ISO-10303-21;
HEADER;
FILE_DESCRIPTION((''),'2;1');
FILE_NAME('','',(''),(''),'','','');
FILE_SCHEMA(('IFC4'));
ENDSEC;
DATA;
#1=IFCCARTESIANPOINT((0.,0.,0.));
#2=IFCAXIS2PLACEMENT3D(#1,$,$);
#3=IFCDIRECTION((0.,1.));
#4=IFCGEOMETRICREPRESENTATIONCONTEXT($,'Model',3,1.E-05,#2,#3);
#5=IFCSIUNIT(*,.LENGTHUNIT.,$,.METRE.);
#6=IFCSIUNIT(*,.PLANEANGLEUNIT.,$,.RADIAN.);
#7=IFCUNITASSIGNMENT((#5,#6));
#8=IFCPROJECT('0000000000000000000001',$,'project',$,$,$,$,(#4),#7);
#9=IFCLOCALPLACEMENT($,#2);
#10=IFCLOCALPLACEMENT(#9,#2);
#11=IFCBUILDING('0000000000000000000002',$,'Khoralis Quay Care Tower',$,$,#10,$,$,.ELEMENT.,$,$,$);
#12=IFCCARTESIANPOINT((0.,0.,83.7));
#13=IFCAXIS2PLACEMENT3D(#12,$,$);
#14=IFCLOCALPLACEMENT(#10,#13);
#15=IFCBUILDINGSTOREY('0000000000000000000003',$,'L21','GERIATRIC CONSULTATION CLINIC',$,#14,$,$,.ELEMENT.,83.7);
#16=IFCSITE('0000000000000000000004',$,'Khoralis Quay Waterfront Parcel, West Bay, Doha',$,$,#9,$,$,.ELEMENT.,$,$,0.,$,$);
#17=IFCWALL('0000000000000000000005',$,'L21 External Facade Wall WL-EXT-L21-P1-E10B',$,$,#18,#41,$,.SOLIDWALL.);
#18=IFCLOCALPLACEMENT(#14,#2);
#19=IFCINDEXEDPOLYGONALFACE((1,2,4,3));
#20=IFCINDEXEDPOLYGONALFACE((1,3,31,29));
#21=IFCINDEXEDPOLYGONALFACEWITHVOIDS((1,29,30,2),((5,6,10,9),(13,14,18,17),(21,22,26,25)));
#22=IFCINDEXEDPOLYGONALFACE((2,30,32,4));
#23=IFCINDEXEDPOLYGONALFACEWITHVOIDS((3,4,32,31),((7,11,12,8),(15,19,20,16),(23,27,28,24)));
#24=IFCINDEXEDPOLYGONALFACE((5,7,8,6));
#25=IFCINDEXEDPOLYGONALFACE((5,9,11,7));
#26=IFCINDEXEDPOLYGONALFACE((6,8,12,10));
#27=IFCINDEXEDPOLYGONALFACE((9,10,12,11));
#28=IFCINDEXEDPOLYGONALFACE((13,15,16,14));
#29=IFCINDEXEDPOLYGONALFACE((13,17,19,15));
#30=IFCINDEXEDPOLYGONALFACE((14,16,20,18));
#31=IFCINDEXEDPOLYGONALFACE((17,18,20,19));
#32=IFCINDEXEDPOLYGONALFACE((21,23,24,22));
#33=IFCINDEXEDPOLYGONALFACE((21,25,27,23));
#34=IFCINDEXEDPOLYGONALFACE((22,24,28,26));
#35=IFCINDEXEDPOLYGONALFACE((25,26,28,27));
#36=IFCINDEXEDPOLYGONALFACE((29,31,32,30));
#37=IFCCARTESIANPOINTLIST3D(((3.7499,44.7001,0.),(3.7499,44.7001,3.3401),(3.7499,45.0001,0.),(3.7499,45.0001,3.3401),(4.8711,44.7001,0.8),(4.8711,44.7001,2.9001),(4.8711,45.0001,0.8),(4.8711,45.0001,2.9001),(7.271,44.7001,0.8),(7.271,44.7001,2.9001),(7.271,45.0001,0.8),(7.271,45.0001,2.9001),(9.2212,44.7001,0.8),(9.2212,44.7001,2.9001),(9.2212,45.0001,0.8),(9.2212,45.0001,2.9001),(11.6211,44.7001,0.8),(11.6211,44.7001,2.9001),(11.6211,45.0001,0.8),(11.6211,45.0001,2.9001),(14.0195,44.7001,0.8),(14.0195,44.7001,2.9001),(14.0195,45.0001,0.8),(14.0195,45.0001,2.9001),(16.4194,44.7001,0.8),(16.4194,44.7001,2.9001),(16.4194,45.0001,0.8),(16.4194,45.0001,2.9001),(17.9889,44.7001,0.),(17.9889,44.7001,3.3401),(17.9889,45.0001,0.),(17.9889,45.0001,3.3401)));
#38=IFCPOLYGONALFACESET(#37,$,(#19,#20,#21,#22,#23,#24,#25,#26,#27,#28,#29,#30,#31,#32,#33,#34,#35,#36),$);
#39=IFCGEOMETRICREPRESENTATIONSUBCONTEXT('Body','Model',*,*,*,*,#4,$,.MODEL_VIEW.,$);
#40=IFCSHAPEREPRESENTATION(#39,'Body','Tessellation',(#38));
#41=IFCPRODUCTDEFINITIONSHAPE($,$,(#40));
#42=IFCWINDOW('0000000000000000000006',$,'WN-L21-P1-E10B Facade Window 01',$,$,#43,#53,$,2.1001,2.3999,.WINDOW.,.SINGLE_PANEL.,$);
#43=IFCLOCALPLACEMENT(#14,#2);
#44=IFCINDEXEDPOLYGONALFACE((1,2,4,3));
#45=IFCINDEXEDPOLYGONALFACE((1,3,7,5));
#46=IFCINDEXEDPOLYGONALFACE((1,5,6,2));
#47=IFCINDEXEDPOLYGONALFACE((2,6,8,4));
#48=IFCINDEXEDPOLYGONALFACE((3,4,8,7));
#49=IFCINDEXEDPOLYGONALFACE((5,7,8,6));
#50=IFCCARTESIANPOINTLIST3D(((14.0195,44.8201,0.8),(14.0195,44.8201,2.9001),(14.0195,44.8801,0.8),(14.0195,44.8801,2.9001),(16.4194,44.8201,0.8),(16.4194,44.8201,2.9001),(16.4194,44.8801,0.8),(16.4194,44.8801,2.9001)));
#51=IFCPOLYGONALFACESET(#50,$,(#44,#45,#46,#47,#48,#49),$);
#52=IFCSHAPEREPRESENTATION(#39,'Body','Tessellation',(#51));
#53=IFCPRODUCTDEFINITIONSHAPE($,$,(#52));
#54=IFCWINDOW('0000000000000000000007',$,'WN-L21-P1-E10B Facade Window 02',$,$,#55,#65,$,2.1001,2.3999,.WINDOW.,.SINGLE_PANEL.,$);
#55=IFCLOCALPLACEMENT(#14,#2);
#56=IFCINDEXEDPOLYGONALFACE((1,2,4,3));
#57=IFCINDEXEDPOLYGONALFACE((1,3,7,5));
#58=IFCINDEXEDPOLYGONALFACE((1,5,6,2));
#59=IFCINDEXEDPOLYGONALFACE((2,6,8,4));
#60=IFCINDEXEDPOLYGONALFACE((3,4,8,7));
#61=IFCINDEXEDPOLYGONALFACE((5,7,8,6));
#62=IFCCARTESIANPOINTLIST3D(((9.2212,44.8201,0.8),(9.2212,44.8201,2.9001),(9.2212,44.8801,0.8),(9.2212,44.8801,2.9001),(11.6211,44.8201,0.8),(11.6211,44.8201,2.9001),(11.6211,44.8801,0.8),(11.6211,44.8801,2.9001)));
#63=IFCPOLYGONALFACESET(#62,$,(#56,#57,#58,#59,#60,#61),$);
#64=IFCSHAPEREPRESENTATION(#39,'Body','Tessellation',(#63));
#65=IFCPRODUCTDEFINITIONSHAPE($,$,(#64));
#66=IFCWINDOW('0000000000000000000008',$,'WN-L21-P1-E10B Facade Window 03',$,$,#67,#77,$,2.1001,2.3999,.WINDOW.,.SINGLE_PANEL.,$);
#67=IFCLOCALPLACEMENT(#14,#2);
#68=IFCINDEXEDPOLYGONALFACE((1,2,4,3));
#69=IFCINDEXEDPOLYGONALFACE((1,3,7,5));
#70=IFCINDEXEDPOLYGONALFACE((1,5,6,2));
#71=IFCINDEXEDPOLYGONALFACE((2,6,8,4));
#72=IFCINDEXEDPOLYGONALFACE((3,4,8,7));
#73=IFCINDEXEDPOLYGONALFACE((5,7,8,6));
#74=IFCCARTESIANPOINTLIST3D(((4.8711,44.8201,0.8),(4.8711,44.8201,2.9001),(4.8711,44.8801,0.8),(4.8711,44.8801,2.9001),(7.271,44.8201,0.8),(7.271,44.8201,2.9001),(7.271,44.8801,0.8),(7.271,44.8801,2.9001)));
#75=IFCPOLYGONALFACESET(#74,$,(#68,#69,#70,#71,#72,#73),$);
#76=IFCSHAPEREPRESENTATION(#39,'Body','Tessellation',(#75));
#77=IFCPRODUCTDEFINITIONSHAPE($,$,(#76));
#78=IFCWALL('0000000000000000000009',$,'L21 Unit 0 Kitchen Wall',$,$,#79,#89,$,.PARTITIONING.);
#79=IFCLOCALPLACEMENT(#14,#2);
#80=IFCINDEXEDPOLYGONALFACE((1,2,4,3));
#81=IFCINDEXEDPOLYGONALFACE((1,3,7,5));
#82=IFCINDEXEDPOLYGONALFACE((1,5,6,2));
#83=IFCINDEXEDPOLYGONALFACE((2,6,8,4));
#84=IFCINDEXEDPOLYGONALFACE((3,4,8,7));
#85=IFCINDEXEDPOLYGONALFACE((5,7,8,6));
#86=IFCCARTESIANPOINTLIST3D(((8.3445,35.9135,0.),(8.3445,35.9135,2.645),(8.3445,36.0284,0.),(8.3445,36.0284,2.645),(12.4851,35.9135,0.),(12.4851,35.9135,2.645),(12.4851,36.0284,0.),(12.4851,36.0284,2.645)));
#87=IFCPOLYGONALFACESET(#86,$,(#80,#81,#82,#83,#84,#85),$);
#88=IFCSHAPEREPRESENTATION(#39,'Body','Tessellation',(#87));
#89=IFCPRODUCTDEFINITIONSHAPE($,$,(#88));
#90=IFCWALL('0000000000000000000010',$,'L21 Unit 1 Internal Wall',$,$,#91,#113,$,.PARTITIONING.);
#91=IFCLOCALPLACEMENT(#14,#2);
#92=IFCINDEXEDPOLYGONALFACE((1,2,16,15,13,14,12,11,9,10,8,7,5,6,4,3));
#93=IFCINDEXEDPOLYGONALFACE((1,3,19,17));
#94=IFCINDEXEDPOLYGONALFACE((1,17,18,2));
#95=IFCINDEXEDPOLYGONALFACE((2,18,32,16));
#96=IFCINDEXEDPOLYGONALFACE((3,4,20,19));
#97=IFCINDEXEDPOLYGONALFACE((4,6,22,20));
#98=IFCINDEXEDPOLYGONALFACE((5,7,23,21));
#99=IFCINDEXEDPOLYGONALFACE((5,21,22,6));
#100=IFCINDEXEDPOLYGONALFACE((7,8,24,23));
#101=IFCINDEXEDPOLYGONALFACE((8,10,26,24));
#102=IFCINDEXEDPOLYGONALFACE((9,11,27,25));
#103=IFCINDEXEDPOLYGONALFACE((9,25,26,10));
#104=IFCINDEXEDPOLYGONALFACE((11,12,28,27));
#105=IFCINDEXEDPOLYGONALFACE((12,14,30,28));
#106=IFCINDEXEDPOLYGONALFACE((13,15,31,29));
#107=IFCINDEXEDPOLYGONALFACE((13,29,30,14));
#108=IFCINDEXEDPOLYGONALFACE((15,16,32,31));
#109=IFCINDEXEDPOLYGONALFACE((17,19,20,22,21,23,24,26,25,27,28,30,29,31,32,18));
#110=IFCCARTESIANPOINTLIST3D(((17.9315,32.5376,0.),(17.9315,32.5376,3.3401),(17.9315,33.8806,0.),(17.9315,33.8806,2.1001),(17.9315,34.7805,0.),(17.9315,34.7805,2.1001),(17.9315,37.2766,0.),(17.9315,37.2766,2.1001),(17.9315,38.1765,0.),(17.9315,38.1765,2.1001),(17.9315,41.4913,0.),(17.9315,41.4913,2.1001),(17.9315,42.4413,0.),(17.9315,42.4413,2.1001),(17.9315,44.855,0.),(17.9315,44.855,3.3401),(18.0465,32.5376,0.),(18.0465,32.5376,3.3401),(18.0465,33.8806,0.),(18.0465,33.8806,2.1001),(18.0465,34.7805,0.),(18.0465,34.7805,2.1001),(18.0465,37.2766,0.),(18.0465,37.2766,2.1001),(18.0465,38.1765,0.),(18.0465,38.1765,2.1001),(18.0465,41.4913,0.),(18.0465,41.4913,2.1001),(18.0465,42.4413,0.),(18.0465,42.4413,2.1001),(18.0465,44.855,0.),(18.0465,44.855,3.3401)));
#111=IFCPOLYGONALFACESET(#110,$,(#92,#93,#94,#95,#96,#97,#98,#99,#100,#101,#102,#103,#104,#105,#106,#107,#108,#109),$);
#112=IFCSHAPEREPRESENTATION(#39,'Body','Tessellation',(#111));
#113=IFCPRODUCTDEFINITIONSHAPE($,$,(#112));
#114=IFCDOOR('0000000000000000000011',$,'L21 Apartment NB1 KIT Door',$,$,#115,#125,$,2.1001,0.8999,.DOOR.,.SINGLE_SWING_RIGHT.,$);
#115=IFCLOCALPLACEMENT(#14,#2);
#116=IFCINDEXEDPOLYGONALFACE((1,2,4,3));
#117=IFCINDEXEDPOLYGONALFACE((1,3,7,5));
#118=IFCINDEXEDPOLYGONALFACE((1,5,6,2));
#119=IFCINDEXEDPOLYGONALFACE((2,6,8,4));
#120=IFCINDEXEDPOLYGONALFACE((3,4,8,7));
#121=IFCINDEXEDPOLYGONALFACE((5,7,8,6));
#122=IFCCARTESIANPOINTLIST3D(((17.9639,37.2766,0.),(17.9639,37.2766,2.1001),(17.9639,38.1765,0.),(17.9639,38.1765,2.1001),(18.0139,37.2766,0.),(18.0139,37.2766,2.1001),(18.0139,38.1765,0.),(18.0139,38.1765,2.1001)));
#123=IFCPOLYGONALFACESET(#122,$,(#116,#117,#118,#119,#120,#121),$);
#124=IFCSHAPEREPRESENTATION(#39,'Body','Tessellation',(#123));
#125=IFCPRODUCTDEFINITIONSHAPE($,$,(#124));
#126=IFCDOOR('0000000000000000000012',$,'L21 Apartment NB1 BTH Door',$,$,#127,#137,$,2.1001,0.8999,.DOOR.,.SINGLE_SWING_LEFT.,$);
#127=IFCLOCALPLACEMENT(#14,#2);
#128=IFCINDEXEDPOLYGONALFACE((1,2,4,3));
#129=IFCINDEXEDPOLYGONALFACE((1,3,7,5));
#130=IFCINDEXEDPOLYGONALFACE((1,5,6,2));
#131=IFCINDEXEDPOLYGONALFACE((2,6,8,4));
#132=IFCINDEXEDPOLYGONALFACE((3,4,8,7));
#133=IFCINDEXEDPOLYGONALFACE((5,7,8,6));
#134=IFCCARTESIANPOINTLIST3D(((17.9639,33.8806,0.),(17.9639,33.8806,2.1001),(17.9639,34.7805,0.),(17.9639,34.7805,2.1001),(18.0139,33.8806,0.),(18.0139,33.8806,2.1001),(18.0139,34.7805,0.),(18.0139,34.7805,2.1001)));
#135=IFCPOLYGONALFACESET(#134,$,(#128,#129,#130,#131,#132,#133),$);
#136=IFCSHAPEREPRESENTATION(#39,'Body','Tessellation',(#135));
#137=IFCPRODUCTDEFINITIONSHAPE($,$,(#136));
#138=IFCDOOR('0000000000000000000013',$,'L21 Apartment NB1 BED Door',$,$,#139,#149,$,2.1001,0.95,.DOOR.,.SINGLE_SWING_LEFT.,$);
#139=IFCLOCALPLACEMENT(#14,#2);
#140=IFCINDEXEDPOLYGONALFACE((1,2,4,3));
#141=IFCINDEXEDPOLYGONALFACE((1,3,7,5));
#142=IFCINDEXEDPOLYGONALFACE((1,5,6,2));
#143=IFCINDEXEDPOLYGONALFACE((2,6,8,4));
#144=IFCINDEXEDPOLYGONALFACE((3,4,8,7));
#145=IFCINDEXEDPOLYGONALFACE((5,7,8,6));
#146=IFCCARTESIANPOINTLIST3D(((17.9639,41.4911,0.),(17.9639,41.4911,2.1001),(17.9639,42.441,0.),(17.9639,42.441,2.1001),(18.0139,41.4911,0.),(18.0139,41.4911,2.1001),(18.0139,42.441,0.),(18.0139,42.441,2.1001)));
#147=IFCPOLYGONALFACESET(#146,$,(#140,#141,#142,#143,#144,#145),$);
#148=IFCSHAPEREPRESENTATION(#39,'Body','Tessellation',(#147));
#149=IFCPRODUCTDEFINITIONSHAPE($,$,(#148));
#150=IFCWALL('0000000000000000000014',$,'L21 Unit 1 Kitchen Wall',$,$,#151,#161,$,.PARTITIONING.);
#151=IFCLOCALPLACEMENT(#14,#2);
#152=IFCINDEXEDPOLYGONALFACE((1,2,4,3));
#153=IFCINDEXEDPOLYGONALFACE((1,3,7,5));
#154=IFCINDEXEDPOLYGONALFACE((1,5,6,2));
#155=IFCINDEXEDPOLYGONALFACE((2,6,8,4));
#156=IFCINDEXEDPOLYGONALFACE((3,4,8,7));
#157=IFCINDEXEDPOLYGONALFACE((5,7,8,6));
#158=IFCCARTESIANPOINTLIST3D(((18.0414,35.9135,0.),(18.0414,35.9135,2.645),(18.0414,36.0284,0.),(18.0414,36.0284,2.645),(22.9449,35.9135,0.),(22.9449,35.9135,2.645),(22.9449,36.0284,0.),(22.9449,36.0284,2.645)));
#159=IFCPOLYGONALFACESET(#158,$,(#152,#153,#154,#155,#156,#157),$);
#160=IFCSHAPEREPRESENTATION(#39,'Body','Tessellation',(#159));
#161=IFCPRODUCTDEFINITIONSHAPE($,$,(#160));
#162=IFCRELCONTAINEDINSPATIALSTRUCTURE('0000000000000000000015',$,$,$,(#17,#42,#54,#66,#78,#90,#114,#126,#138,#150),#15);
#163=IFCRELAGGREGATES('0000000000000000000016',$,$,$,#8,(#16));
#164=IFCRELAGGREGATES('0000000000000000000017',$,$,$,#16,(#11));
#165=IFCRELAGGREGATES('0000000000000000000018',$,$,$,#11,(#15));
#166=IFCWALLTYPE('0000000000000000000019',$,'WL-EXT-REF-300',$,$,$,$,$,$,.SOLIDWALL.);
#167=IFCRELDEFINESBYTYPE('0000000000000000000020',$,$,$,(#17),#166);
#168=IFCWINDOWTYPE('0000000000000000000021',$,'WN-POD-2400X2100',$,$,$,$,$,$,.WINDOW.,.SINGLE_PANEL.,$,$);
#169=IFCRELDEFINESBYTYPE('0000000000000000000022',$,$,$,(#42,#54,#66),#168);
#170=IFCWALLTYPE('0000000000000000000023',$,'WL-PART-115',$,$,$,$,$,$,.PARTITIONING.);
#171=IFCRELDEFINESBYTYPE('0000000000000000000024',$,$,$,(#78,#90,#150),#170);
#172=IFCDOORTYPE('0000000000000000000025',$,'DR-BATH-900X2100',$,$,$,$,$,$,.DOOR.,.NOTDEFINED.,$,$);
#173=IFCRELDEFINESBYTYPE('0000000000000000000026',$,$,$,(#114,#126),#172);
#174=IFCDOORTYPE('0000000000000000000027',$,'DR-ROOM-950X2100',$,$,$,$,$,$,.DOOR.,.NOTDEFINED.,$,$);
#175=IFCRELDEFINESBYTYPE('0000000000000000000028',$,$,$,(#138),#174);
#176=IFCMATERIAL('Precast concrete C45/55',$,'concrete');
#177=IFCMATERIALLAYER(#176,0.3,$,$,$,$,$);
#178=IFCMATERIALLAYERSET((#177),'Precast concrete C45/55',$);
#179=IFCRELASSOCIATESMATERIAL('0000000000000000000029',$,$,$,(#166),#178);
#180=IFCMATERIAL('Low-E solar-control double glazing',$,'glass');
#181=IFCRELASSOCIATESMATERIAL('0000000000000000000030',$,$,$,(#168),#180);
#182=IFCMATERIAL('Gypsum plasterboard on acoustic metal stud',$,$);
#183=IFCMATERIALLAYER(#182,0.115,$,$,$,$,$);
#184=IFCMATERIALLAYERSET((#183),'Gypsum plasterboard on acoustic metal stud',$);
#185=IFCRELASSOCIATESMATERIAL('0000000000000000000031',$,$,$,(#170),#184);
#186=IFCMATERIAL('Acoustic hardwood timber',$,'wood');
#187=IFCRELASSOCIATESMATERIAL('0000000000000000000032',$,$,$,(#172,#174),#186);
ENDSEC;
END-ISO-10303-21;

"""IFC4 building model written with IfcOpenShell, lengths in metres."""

from ifc_helpers import new_model, si_unit, direction, frame, frame_2d, origin, place, context, subcontext, project, spatial, rectangle, extrude, source, transform, mapped, material, layer, layer_set, type_object, element, fill, save


model = new_model("IFC4")

# Units and contexts
model_context = context("Model", 3, precision=1e-05, world=origin(), true_north=direction((0.0, 1.0)))
body_context = subcontext(model_context, "Body", "Model", "MODEL_VIEW")
ifc_project = project(units=[si_unit("LENGTHUNIT", "METRE"), si_unit("PLANEANGLEUNIT", "RADIAN")], contexts=[model_context])

# Site, building, storey
site_placement = place(None, origin())
site = spatial("IfcSite", under=ifc_project, at=site_placement, Name="Khoralis Quay Waterfront Parcel, West Bay, Doha", CompositionType="ELEMENT", RefElevation=0.0)
building_placement = place(site_placement, origin())
building = spatial("IfcBuilding", under=site, at=building_placement, Name="Khoralis Quay Care Tower", CompositionType="ELEMENT")
storey_placement = place(building_placement, frame((0.0, 0.0, 83.7)))
storey = spatial("IfcBuildingStorey", under=building, at=storey_placement, Name="L21", Description="GERIATRIC CONSULTATION CLINIC", CompositionType="ELEMENT", Elevation=83.7)

# Wall, openings, windows
ifc_material_1 = material(Name="Precast concrete C45/55", Category="concrete")
ifc_layer_1 = layer(ifc_material_1, 0.3)
ifc_layer_set_1 = layer_set([ifc_layer_1], Name="Precast concrete C45/55")
wall_type_1 = type_object("IfcWallType", Name="WL-EXT-REF-300", PredefinedType="SOLIDWALL", material=ifc_layer_set_1)
wall_1_placement = place(storey_placement, frame((17.989, 44.8501, 0.0), z_axis=(0.0, 0.0, 1.0), x_axis=(-1.0, 0.0, 0.0)))
wall_1 = element("IfcWall", 1, at=wall_1_placement, inside=storey, type_object=wall_type_1, Name="L21 External Facade Wall WL-EXT-L21-P1-E10B", PredefinedType="SOLIDWALL", context=body_context, shape_type="SweptSolid", body=[
    extrude(rectangle(XDim=14.239, YDim=0.3, at=frame_2d((7.1196, 0.0))), origin(), (0.0, 0.0, 1.0), 3.3401),
])
opening_1_placement = place(wall_1_placement, frame((1.5696, 0.0, 0.8)))
opening_1 = element("IfcOpeningElement", 2, at=opening_1_placement, cuts=wall_1, PredefinedType="OPENING", context=body_context, shape_type="SweptSolid", body=[
    extrude(rectangle(XDim=2.3999, YDim=2.1001, at=frame_2d((1.2, 1.05))), frame((0.0, 0.1602, 0.0), z_axis=(0.0, -1.0, 0.0), x_axis=(1.0, 0.0, 0.0)), (0.0, 0.0, 1.0), 0.3201),
])
opening_2_placement = place(wall_1_placement, frame((6.3679, 0.0, 0.8)))
opening_2 = element("IfcOpeningElement", 3, at=opening_2_placement, cuts=wall_1, PredefinedType="OPENING", context=body_context, shape_type="SweptSolid", body=[
    extrude(rectangle(XDim=2.3999, YDim=2.1001, at=frame_2d((1.2, 1.05))), frame((0.0, 0.1602, 0.0), z_axis=(0.0, -1.0, 0.0), x_axis=(1.0, 0.0, 0.0)), (0.0, 0.0, 1.0), 0.3201),
])
opening_3_placement = place(wall_1_placement, frame((10.718, 0.0, 0.8)))
opening_3 = element("IfcOpeningElement", 4, at=opening_3_placement, cuts=wall_1, PredefinedType="OPENING", context=body_context, shape_type="SweptSolid", body=[
    extrude(rectangle(XDim=2.3999, YDim=2.1001, at=frame_2d((1.2, 1.05))), frame((0.0, 0.1602, 0.0), z_axis=(0.0, -1.0, 0.0), x_axis=(1.0, 0.0, 0.0)), (0.0, 0.0, 1.0), 0.3201),
])
ifc_material_2 = material(Name="Low-E solar-control double glazing", Category="glass")
window_type = type_object("IfcWindowType", Name="WN-POD-2400X2100", PartitioningType="SINGLE_PANEL", PredefinedType="WINDOW", material=ifc_material_2)
shared_shape_1 = source(origin(), body_context, "Body", "SweptSolid", [
    extrude(rectangle(XDim=2.3999, YDim=2.1001, at=frame_2d((1.2, 1.05))), frame((0.0, 0.03, 0.0), z_axis=(0.0, -1.0, 0.0), x_axis=(1.0, 0.0, 0.0)), (0.0, 0.0, 1.0), 0.0601),
])
window_1_placement = place(opening_1_placement, origin())
window_1 = element("IfcWindow", 5, at=window_1_placement, inside=storey, type_object=window_type, Name="WN-L21-P1-E10B Facade Window 01", OverallHeight=2.1001, OverallWidth=2.3999, PartitioningType="SINGLE_PANEL", PredefinedType="WINDOW", context=body_context, shape_type="MappedRepresentation", body=[
    mapped(shared_shape_1, transform((0.0, 0.0, 0.0), scale=1.0)),
])
fill(opening_1, window_1)
window_2_placement = place(opening_2_placement, origin())
window_2 = element("IfcWindow", 6, at=window_2_placement, inside=storey, type_object=window_type, Name="WN-L21-P1-E10B Facade Window 02", OverallHeight=2.1001, OverallWidth=2.3999, PartitioningType="SINGLE_PANEL", PredefinedType="WINDOW", context=body_context, shape_type="MappedRepresentation", body=[
    mapped(shared_shape_1, transform((0.0, 0.0, 0.0), scale=1.0)),
])
fill(opening_2, window_2)
window_3_placement = place(opening_3_placement, origin())
window_3 = element("IfcWindow", 7, at=window_3_placement, inside=storey, type_object=window_type, Name="WN-L21-P1-E10B Facade Window 03", OverallHeight=2.1001, OverallWidth=2.3999, PartitioningType="SINGLE_PANEL", PredefinedType="WINDOW", context=body_context, shape_type="MappedRepresentation", body=[
    mapped(shared_shape_1, transform((0.0, 0.0, 0.0), scale=1.0)),
])
fill(opening_3, window_3)

# Wall
ifc_material_3 = material(Name="Gypsum plasterboard on acoustic metal stud")
ifc_layer_2 = layer(ifc_material_3, 0.115)
ifc_layer_set_2 = layer_set([ifc_layer_2], Name="Gypsum plasterboard on acoustic metal stud")
wall_type_2 = type_object("IfcWallType", Name="WL-PART-115", PredefinedType="PARTITIONING", material=ifc_layer_set_2)
wall_2_placement = place(storey_placement, frame((8.3445, 35.9709, 0.0), z_axis=(0.0, 0.0, 1.0), x_axis=(1.0, 0.0, 0.0)))
element("IfcWall", 8, at=wall_2_placement, inside=storey, type_object=wall_type_2, Name="L21 Unit 0 Kitchen Wall", PredefinedType="PARTITIONING", context=body_context, shape_type="SweptSolid", body=[
    extrude(rectangle(XDim=4.1406, YDim=0.115, at=frame_2d((2.0703, 0.0))), origin(), (0.0, 0.0, 1.0), 2.645),
])

# Wall, openings, doors
wall_3_placement = place(storey_placement, frame((17.989, 32.5376, 0.0), z_axis=(0.0, 0.0, 1.0), x_axis=(0.0, 1.0, 0.0)))
wall_3 = element("IfcWall", 9, at=wall_3_placement, inside=storey, type_object=wall_type_2, Name="L21 Unit 1 Internal Wall", PredefinedType="PARTITIONING", context=body_context, shape_type="SweptSolid", body=[
    extrude(rectangle(XDim=12.3174, YDim=0.115, at=frame_2d((6.1587, 0.0))), origin(), (0.0, 0.0, 1.0), 3.3401),
])
opening_4_placement = place(wall_3_placement, frame((8.9536, 0.0, 0.0)))
opening_4 = element("IfcOpeningElement", 10, at=opening_4_placement, cuts=wall_3, PredefinedType="OPENING", context=body_context, shape_type="SweptSolid", body=[
    extrude(rectangle(XDim=0.95, YDim=2.1001, at=frame_2d((0.4751, 1.05))), frame((0.0, 0.0674, 0.0), z_axis=(0.0, -1.0, 0.0), x_axis=(1.0, 0.0, 0.0)), (0.0, 0.0, 1.0), 0.135),
])
opening_5_placement = place(wall_3_placement, frame((4.739, 0.0, 0.0)))
opening_5 = element("IfcOpeningElement", 11, at=opening_5_placement, cuts=wall_3, PredefinedType="OPENING", context=body_context, shape_type="SweptSolid", body=[
    extrude(rectangle(XDim=0.8999, YDim=2.1001, at=frame_2d((0.45, 1.05))), frame((0.0, 0.0674, 0.0), z_axis=(0.0, -1.0, 0.0), x_axis=(1.0, 0.0, 0.0)), (0.0, 0.0, 1.0), 0.135),
])
opening_6_placement = place(wall_3_placement, frame((1.343, 0.0, 0.0)))
opening_6 = element("IfcOpeningElement", 12, at=opening_6_placement, cuts=wall_3, PredefinedType="OPENING", context=body_context, shape_type="SweptSolid", body=[
    extrude(rectangle(XDim=0.8999, YDim=2.1001, at=frame_2d((0.45, 1.05))), frame((0.0, 0.0674, 0.0), z_axis=(0.0, -1.0, 0.0), x_axis=(1.0, 0.0, 0.0)), (0.0, 0.0, 1.0), 0.135),
])
ifc_material_4 = material(Name="Acoustic hardwood timber", Category="wood")
door_type_1 = type_object("IfcDoorType", Name="DR-BATH-900X2100", OperationType="NOTDEFINED", PredefinedType="DOOR", material=ifc_material_4)
shared_shape_2 = source(origin(), body_context, "Body", "SweptSolid", [
    extrude(rectangle(XDim=0.8999, YDim=2.1001, at=frame_2d((0.45, 1.05))), frame((0.0, 0.0249, 0.0), z_axis=(0.0, -1.0, 0.0), x_axis=(1.0, 0.0, 0.0)), (0.0, 0.0, 1.0), 0.05),
])
door_1_placement = place(opening_5_placement, frame((0.8999, 0.0, 0.0), z_axis=(0.0, 0.0, 1.0), x_axis=(-1.0, 0.0, 0.0)))
door_1 = element("IfcDoor", 13, at=door_1_placement, inside=storey, type_object=door_type_1, Name="L21 Apartment NB1 KIT Door", OperationType="SINGLE_SWING_RIGHT", OverallHeight=2.1001, OverallWidth=0.8999, PredefinedType="DOOR", context=body_context, shape_type="MappedRepresentation", body=[
    mapped(shared_shape_2, transform((0.0, 0.0, 0.0), scale=1.0)),
])
fill(opening_5, door_1)
door_2_placement = place(opening_6_placement, frame((0.8999, 0.0, 0.0), z_axis=(0.0, 0.0, 1.0), x_axis=(-1.0, 0.0, 0.0)))
door_2 = element("IfcDoor", 14, at=door_2_placement, inside=storey, type_object=door_type_1, Name="L21 Apartment NB1 BTH Door", OperationType="SINGLE_SWING_LEFT", OverallHeight=2.1001, OverallWidth=0.8999, PredefinedType="DOOR", context=body_context, shape_type="MappedRepresentation", body=[
    mapped(shared_shape_2, transform((0.0, 0.0, 0.0), scale=1.0)),
])
fill(opening_6, door_2)
door_type_2 = type_object("IfcDoorType", Name="DR-ROOM-950X2100", OperationType="NOTDEFINED", PredefinedType="DOOR", material=ifc_material_4)
shared_shape_3 = source(origin(), body_context, "Body", "SweptSolid", [
    extrude(rectangle(XDim=0.95, YDim=2.1001, at=frame_2d((0.4751, 1.05))), frame((0.0, 0.0249, 0.0), z_axis=(0.0, -1.0, 0.0), x_axis=(1.0, 0.0, 0.0)), (0.0, 0.0, 1.0), 0.05),
])
door_3_placement = place(opening_4_placement, frame((0.95, 0.0, 0.0), z_axis=(0.0, 0.0, 1.0), x_axis=(-1.0, 0.0, 0.0)))
door_3 = element("IfcDoor", 15, at=door_3_placement, inside=storey, type_object=door_type_2, Name="L21 Apartment NB1 BED Door", OperationType="SINGLE_SWING_LEFT", OverallHeight=2.1001, OverallWidth=0.95, PredefinedType="DOOR", context=body_context, shape_type="MappedRepresentation", body=[
    mapped(shared_shape_3, transform((0.0, 0.0, 0.0), scale=1.0)),
])
fill(opening_4, door_3)

# Wall
wall_4_placement = place(storey_placement, frame((18.0415, 35.9709, 0.0), z_axis=(0.0, 0.0, 1.0), x_axis=(1.0, 0.0, 0.0)))
element("IfcWall", 16, at=wall_4_placement, inside=storey, type_object=wall_type_2, Name="L21 Unit 1 Kitchen Wall", PredefinedType="PARTITIONING", context=body_context, shape_type="SweptSolid", body=[
    extrude(rectangle(XDim=4.9036, YDim=0.115, at=frame_2d((2.4517, 0.0))), origin(), (0.0, 0.0, 1.0), 2.645),
])

save(model, "model.ifc")
